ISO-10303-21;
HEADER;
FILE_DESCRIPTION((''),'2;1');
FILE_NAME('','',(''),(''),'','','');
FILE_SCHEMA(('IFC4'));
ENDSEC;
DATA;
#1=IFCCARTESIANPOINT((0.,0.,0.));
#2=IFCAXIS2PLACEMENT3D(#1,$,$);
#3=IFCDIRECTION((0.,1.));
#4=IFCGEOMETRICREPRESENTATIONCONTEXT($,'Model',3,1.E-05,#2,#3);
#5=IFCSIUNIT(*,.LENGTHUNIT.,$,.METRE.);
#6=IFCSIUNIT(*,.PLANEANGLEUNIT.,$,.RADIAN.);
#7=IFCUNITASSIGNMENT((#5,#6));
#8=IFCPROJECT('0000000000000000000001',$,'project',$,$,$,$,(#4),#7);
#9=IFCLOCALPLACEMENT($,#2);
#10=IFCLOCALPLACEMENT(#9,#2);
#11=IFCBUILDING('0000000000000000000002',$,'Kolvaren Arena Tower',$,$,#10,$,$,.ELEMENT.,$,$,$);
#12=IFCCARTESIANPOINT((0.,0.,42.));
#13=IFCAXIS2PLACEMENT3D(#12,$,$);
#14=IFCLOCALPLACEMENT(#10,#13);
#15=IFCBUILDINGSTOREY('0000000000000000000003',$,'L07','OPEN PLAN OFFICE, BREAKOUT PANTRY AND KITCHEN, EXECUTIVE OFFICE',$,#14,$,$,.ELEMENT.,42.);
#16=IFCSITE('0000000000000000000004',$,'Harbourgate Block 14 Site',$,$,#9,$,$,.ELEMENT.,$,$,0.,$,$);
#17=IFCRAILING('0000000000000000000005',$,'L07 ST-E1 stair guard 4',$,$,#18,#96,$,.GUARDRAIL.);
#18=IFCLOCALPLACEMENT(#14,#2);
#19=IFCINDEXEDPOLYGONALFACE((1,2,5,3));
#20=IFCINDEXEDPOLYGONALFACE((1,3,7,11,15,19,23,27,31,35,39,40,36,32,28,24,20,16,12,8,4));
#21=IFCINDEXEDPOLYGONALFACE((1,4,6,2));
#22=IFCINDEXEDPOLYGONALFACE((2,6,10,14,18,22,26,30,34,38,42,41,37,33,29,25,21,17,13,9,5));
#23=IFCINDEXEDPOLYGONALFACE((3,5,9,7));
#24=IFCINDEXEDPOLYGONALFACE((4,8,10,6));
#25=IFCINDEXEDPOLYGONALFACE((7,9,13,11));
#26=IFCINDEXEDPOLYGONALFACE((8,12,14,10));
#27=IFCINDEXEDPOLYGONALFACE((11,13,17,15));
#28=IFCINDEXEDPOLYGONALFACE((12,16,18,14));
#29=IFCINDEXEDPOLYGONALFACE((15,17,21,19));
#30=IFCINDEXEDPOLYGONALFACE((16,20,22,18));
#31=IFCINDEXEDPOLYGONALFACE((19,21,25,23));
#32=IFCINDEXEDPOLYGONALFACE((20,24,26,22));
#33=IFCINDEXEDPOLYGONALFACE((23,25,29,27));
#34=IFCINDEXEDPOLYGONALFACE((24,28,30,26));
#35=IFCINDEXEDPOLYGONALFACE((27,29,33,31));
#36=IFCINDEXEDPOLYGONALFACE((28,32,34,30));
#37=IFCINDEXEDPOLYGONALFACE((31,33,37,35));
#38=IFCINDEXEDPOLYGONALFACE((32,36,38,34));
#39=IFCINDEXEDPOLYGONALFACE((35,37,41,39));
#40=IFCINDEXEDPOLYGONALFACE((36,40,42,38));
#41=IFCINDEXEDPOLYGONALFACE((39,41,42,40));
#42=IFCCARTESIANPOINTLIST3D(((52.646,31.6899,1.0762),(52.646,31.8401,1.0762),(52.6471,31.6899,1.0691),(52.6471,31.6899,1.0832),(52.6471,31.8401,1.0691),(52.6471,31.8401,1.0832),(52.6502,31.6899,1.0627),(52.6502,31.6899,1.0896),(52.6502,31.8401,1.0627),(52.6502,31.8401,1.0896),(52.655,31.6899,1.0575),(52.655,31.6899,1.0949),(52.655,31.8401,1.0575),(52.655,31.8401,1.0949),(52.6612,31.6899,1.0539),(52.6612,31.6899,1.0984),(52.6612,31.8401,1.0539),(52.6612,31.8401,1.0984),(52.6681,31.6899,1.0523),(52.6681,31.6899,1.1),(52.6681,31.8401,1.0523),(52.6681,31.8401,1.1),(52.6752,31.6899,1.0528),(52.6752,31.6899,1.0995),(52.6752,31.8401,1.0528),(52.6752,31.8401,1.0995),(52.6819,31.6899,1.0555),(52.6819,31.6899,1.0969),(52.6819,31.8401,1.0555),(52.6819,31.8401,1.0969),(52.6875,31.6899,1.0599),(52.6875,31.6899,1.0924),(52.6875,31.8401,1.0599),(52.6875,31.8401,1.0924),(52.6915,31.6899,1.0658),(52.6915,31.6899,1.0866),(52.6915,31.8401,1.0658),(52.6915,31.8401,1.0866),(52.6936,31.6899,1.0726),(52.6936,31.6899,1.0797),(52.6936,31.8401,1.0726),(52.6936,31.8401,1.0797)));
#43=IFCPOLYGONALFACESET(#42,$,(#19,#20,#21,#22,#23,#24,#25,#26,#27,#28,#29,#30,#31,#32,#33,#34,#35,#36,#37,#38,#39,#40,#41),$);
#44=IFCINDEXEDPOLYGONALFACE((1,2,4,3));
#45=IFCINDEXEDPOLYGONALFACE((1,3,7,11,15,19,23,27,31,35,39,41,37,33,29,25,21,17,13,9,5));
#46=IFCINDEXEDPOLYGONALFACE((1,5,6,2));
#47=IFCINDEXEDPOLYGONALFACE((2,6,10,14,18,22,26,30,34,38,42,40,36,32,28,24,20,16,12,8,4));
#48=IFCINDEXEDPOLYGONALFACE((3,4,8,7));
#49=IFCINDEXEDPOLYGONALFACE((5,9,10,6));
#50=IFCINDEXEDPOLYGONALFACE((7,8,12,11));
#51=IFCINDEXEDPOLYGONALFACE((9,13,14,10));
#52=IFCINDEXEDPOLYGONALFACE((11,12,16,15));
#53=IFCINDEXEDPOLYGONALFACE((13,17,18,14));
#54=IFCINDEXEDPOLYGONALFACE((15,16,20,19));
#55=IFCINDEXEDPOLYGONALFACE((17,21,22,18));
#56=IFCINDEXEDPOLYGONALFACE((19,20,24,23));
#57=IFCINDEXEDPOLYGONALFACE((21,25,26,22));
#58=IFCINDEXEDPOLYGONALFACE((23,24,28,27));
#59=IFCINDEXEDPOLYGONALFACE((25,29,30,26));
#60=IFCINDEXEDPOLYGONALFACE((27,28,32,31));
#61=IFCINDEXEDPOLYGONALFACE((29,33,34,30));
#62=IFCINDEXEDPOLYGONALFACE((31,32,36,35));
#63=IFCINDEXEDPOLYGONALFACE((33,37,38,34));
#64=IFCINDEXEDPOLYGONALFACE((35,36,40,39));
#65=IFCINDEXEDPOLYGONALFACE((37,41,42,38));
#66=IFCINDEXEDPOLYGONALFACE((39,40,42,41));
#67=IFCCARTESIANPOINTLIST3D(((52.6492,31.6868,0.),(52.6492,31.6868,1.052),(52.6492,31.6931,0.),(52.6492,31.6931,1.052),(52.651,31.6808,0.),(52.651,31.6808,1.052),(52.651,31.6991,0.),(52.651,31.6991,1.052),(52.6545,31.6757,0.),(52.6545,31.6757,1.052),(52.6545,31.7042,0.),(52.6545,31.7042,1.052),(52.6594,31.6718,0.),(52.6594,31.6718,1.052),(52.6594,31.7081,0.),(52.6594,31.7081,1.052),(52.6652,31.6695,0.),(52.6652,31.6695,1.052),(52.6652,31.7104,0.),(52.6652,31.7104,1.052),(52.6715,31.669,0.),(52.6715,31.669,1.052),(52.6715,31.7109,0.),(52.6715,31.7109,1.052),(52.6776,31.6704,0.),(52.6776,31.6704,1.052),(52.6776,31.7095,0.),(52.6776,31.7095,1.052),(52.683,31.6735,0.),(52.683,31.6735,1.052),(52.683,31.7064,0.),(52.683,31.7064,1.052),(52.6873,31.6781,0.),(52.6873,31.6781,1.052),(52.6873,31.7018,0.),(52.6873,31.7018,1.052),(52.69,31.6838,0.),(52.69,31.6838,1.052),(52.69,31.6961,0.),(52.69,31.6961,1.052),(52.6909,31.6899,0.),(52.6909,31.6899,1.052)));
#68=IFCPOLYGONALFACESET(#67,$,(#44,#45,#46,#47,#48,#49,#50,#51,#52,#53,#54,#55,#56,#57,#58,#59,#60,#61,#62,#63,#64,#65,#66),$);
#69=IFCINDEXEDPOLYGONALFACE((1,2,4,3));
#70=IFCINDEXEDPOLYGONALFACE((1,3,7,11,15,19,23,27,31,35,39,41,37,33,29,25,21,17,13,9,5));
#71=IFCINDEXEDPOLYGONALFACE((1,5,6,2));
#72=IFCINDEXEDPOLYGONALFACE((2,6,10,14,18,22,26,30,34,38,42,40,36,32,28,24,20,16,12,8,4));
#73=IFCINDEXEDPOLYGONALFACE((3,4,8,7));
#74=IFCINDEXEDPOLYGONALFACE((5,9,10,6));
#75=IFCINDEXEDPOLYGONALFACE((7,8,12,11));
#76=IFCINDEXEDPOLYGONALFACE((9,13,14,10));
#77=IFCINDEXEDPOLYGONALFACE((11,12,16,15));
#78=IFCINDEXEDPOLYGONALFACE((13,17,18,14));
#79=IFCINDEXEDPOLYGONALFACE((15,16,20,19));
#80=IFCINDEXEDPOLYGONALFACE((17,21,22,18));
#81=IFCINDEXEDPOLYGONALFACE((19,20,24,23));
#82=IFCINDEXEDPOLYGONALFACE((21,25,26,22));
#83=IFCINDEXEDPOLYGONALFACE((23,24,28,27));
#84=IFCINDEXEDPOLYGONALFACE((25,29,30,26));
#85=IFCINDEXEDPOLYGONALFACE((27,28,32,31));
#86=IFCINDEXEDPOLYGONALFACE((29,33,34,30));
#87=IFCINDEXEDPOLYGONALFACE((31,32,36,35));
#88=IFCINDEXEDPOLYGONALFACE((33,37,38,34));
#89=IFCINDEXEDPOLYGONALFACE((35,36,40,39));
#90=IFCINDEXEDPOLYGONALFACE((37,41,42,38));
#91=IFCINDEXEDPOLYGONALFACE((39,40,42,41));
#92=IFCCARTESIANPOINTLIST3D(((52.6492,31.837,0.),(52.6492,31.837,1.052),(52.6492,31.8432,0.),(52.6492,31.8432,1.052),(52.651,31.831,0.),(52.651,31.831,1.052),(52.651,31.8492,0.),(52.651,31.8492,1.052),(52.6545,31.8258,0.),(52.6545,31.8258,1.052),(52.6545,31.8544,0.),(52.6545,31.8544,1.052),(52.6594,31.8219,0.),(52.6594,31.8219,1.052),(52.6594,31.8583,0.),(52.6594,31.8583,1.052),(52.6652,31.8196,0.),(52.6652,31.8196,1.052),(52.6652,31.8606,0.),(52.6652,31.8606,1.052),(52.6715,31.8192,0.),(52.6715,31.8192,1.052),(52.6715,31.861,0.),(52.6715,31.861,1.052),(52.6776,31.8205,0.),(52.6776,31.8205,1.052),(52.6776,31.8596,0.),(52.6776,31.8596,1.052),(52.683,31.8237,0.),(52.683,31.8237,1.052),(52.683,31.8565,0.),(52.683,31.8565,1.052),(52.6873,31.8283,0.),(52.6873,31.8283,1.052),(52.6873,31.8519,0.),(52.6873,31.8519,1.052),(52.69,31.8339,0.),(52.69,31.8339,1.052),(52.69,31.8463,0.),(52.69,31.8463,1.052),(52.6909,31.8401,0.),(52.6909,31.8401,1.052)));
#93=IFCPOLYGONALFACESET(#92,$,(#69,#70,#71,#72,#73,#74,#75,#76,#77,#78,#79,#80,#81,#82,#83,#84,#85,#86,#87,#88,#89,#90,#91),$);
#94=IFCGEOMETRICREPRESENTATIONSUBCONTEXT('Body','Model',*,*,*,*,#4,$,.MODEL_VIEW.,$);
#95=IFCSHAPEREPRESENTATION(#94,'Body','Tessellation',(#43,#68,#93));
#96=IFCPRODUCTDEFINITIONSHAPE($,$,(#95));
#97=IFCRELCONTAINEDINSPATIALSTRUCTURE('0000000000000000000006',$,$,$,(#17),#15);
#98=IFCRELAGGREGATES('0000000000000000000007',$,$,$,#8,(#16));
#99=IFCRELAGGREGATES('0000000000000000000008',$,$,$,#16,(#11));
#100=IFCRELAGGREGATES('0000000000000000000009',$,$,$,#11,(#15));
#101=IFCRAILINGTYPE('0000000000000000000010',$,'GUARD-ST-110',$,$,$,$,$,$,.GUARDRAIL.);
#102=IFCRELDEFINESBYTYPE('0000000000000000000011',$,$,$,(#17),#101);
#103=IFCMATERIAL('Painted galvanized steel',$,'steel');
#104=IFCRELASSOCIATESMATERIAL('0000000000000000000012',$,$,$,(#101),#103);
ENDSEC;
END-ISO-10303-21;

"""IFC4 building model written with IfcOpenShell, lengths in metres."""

from ifc_helpers import new_model, si_unit, direction, frame, origin, origin_2d, place, context, subcontext, project, spatial, circle, extrude, material, type_object, element, save


model = new_model("IFC4")

# Units and contexts
model_context = context("Model", 3, precision=1e-05, world=origin(), true_north=direction((0.0, 1.0)))
body_context = subcontext(model_context, "Body", "Model", "MODEL_VIEW")
ifc_project = project(units=[si_unit("LENGTHUNIT", "METRE"), si_unit("PLANEANGLEUNIT", "RADIAN")], contexts=[model_context])

# Site, building, storey
site_placement = place(None, origin())
site = spatial("IfcSite", under=ifc_project, at=site_placement, Name="Harbourgate Block 14 Site", CompositionType="ELEMENT", RefElevation=0.0)
building_placement = place(site_placement, origin())
building = spatial("IfcBuilding", under=site, at=building_placement, Name="Kolvaren Arena Tower", CompositionType="ELEMENT")
storey_placement = place(building_placement, frame((0.0, 0.0, 42.0)))
storey = spatial("IfcBuildingStorey", under=building, at=storey_placement, Name="L07", Description="OPEN PLAN OFFICE, BREAKOUT PANTRY AND KITCHEN, EXECUTIVE OFFICE", CompositionType="ELEMENT", Elevation=42.0)

# Railing
ifc_material_1 = material(Name="Painted galvanized steel", Category="steel")
railing_type_1 = type_object("IfcRailingType", Name="GUARD-ST-110", PredefinedType="GUARDRAIL", material=ifc_material_1)
railing_1_placement = place(storey_placement, frame((52.6699, 31.6899, 0.0)))
element("IfcRailing", 1, at=railing_1_placement, inside=storey, type_object=railing_type_1, Name="L07 ST-E1 stair guard 4", PredefinedType="GUARDRAIL", context=body_context, shape_type="SweptSolid", body=[
    extrude(circle(Radius=0.0239, at=origin_2d()), frame((0.0, 0.0, 1.0762), z_axis=(0.0, 1.0, 0.0), x_axis=(-1.0, 0.0, 0.0)), (0.0, 0.0, 1.0), 0.1501),
    extrude(circle(Radius=0.021, at=origin_2d()), origin(), (0.0, 0.0, 1.0), 1.052),
    extrude(circle(Radius=0.021, at=origin_2d()), frame((0.0, 0.1501, 0.0)), (0.0, 0.0, 1.0), 1.052),
])

save(model, "model.ifc")
